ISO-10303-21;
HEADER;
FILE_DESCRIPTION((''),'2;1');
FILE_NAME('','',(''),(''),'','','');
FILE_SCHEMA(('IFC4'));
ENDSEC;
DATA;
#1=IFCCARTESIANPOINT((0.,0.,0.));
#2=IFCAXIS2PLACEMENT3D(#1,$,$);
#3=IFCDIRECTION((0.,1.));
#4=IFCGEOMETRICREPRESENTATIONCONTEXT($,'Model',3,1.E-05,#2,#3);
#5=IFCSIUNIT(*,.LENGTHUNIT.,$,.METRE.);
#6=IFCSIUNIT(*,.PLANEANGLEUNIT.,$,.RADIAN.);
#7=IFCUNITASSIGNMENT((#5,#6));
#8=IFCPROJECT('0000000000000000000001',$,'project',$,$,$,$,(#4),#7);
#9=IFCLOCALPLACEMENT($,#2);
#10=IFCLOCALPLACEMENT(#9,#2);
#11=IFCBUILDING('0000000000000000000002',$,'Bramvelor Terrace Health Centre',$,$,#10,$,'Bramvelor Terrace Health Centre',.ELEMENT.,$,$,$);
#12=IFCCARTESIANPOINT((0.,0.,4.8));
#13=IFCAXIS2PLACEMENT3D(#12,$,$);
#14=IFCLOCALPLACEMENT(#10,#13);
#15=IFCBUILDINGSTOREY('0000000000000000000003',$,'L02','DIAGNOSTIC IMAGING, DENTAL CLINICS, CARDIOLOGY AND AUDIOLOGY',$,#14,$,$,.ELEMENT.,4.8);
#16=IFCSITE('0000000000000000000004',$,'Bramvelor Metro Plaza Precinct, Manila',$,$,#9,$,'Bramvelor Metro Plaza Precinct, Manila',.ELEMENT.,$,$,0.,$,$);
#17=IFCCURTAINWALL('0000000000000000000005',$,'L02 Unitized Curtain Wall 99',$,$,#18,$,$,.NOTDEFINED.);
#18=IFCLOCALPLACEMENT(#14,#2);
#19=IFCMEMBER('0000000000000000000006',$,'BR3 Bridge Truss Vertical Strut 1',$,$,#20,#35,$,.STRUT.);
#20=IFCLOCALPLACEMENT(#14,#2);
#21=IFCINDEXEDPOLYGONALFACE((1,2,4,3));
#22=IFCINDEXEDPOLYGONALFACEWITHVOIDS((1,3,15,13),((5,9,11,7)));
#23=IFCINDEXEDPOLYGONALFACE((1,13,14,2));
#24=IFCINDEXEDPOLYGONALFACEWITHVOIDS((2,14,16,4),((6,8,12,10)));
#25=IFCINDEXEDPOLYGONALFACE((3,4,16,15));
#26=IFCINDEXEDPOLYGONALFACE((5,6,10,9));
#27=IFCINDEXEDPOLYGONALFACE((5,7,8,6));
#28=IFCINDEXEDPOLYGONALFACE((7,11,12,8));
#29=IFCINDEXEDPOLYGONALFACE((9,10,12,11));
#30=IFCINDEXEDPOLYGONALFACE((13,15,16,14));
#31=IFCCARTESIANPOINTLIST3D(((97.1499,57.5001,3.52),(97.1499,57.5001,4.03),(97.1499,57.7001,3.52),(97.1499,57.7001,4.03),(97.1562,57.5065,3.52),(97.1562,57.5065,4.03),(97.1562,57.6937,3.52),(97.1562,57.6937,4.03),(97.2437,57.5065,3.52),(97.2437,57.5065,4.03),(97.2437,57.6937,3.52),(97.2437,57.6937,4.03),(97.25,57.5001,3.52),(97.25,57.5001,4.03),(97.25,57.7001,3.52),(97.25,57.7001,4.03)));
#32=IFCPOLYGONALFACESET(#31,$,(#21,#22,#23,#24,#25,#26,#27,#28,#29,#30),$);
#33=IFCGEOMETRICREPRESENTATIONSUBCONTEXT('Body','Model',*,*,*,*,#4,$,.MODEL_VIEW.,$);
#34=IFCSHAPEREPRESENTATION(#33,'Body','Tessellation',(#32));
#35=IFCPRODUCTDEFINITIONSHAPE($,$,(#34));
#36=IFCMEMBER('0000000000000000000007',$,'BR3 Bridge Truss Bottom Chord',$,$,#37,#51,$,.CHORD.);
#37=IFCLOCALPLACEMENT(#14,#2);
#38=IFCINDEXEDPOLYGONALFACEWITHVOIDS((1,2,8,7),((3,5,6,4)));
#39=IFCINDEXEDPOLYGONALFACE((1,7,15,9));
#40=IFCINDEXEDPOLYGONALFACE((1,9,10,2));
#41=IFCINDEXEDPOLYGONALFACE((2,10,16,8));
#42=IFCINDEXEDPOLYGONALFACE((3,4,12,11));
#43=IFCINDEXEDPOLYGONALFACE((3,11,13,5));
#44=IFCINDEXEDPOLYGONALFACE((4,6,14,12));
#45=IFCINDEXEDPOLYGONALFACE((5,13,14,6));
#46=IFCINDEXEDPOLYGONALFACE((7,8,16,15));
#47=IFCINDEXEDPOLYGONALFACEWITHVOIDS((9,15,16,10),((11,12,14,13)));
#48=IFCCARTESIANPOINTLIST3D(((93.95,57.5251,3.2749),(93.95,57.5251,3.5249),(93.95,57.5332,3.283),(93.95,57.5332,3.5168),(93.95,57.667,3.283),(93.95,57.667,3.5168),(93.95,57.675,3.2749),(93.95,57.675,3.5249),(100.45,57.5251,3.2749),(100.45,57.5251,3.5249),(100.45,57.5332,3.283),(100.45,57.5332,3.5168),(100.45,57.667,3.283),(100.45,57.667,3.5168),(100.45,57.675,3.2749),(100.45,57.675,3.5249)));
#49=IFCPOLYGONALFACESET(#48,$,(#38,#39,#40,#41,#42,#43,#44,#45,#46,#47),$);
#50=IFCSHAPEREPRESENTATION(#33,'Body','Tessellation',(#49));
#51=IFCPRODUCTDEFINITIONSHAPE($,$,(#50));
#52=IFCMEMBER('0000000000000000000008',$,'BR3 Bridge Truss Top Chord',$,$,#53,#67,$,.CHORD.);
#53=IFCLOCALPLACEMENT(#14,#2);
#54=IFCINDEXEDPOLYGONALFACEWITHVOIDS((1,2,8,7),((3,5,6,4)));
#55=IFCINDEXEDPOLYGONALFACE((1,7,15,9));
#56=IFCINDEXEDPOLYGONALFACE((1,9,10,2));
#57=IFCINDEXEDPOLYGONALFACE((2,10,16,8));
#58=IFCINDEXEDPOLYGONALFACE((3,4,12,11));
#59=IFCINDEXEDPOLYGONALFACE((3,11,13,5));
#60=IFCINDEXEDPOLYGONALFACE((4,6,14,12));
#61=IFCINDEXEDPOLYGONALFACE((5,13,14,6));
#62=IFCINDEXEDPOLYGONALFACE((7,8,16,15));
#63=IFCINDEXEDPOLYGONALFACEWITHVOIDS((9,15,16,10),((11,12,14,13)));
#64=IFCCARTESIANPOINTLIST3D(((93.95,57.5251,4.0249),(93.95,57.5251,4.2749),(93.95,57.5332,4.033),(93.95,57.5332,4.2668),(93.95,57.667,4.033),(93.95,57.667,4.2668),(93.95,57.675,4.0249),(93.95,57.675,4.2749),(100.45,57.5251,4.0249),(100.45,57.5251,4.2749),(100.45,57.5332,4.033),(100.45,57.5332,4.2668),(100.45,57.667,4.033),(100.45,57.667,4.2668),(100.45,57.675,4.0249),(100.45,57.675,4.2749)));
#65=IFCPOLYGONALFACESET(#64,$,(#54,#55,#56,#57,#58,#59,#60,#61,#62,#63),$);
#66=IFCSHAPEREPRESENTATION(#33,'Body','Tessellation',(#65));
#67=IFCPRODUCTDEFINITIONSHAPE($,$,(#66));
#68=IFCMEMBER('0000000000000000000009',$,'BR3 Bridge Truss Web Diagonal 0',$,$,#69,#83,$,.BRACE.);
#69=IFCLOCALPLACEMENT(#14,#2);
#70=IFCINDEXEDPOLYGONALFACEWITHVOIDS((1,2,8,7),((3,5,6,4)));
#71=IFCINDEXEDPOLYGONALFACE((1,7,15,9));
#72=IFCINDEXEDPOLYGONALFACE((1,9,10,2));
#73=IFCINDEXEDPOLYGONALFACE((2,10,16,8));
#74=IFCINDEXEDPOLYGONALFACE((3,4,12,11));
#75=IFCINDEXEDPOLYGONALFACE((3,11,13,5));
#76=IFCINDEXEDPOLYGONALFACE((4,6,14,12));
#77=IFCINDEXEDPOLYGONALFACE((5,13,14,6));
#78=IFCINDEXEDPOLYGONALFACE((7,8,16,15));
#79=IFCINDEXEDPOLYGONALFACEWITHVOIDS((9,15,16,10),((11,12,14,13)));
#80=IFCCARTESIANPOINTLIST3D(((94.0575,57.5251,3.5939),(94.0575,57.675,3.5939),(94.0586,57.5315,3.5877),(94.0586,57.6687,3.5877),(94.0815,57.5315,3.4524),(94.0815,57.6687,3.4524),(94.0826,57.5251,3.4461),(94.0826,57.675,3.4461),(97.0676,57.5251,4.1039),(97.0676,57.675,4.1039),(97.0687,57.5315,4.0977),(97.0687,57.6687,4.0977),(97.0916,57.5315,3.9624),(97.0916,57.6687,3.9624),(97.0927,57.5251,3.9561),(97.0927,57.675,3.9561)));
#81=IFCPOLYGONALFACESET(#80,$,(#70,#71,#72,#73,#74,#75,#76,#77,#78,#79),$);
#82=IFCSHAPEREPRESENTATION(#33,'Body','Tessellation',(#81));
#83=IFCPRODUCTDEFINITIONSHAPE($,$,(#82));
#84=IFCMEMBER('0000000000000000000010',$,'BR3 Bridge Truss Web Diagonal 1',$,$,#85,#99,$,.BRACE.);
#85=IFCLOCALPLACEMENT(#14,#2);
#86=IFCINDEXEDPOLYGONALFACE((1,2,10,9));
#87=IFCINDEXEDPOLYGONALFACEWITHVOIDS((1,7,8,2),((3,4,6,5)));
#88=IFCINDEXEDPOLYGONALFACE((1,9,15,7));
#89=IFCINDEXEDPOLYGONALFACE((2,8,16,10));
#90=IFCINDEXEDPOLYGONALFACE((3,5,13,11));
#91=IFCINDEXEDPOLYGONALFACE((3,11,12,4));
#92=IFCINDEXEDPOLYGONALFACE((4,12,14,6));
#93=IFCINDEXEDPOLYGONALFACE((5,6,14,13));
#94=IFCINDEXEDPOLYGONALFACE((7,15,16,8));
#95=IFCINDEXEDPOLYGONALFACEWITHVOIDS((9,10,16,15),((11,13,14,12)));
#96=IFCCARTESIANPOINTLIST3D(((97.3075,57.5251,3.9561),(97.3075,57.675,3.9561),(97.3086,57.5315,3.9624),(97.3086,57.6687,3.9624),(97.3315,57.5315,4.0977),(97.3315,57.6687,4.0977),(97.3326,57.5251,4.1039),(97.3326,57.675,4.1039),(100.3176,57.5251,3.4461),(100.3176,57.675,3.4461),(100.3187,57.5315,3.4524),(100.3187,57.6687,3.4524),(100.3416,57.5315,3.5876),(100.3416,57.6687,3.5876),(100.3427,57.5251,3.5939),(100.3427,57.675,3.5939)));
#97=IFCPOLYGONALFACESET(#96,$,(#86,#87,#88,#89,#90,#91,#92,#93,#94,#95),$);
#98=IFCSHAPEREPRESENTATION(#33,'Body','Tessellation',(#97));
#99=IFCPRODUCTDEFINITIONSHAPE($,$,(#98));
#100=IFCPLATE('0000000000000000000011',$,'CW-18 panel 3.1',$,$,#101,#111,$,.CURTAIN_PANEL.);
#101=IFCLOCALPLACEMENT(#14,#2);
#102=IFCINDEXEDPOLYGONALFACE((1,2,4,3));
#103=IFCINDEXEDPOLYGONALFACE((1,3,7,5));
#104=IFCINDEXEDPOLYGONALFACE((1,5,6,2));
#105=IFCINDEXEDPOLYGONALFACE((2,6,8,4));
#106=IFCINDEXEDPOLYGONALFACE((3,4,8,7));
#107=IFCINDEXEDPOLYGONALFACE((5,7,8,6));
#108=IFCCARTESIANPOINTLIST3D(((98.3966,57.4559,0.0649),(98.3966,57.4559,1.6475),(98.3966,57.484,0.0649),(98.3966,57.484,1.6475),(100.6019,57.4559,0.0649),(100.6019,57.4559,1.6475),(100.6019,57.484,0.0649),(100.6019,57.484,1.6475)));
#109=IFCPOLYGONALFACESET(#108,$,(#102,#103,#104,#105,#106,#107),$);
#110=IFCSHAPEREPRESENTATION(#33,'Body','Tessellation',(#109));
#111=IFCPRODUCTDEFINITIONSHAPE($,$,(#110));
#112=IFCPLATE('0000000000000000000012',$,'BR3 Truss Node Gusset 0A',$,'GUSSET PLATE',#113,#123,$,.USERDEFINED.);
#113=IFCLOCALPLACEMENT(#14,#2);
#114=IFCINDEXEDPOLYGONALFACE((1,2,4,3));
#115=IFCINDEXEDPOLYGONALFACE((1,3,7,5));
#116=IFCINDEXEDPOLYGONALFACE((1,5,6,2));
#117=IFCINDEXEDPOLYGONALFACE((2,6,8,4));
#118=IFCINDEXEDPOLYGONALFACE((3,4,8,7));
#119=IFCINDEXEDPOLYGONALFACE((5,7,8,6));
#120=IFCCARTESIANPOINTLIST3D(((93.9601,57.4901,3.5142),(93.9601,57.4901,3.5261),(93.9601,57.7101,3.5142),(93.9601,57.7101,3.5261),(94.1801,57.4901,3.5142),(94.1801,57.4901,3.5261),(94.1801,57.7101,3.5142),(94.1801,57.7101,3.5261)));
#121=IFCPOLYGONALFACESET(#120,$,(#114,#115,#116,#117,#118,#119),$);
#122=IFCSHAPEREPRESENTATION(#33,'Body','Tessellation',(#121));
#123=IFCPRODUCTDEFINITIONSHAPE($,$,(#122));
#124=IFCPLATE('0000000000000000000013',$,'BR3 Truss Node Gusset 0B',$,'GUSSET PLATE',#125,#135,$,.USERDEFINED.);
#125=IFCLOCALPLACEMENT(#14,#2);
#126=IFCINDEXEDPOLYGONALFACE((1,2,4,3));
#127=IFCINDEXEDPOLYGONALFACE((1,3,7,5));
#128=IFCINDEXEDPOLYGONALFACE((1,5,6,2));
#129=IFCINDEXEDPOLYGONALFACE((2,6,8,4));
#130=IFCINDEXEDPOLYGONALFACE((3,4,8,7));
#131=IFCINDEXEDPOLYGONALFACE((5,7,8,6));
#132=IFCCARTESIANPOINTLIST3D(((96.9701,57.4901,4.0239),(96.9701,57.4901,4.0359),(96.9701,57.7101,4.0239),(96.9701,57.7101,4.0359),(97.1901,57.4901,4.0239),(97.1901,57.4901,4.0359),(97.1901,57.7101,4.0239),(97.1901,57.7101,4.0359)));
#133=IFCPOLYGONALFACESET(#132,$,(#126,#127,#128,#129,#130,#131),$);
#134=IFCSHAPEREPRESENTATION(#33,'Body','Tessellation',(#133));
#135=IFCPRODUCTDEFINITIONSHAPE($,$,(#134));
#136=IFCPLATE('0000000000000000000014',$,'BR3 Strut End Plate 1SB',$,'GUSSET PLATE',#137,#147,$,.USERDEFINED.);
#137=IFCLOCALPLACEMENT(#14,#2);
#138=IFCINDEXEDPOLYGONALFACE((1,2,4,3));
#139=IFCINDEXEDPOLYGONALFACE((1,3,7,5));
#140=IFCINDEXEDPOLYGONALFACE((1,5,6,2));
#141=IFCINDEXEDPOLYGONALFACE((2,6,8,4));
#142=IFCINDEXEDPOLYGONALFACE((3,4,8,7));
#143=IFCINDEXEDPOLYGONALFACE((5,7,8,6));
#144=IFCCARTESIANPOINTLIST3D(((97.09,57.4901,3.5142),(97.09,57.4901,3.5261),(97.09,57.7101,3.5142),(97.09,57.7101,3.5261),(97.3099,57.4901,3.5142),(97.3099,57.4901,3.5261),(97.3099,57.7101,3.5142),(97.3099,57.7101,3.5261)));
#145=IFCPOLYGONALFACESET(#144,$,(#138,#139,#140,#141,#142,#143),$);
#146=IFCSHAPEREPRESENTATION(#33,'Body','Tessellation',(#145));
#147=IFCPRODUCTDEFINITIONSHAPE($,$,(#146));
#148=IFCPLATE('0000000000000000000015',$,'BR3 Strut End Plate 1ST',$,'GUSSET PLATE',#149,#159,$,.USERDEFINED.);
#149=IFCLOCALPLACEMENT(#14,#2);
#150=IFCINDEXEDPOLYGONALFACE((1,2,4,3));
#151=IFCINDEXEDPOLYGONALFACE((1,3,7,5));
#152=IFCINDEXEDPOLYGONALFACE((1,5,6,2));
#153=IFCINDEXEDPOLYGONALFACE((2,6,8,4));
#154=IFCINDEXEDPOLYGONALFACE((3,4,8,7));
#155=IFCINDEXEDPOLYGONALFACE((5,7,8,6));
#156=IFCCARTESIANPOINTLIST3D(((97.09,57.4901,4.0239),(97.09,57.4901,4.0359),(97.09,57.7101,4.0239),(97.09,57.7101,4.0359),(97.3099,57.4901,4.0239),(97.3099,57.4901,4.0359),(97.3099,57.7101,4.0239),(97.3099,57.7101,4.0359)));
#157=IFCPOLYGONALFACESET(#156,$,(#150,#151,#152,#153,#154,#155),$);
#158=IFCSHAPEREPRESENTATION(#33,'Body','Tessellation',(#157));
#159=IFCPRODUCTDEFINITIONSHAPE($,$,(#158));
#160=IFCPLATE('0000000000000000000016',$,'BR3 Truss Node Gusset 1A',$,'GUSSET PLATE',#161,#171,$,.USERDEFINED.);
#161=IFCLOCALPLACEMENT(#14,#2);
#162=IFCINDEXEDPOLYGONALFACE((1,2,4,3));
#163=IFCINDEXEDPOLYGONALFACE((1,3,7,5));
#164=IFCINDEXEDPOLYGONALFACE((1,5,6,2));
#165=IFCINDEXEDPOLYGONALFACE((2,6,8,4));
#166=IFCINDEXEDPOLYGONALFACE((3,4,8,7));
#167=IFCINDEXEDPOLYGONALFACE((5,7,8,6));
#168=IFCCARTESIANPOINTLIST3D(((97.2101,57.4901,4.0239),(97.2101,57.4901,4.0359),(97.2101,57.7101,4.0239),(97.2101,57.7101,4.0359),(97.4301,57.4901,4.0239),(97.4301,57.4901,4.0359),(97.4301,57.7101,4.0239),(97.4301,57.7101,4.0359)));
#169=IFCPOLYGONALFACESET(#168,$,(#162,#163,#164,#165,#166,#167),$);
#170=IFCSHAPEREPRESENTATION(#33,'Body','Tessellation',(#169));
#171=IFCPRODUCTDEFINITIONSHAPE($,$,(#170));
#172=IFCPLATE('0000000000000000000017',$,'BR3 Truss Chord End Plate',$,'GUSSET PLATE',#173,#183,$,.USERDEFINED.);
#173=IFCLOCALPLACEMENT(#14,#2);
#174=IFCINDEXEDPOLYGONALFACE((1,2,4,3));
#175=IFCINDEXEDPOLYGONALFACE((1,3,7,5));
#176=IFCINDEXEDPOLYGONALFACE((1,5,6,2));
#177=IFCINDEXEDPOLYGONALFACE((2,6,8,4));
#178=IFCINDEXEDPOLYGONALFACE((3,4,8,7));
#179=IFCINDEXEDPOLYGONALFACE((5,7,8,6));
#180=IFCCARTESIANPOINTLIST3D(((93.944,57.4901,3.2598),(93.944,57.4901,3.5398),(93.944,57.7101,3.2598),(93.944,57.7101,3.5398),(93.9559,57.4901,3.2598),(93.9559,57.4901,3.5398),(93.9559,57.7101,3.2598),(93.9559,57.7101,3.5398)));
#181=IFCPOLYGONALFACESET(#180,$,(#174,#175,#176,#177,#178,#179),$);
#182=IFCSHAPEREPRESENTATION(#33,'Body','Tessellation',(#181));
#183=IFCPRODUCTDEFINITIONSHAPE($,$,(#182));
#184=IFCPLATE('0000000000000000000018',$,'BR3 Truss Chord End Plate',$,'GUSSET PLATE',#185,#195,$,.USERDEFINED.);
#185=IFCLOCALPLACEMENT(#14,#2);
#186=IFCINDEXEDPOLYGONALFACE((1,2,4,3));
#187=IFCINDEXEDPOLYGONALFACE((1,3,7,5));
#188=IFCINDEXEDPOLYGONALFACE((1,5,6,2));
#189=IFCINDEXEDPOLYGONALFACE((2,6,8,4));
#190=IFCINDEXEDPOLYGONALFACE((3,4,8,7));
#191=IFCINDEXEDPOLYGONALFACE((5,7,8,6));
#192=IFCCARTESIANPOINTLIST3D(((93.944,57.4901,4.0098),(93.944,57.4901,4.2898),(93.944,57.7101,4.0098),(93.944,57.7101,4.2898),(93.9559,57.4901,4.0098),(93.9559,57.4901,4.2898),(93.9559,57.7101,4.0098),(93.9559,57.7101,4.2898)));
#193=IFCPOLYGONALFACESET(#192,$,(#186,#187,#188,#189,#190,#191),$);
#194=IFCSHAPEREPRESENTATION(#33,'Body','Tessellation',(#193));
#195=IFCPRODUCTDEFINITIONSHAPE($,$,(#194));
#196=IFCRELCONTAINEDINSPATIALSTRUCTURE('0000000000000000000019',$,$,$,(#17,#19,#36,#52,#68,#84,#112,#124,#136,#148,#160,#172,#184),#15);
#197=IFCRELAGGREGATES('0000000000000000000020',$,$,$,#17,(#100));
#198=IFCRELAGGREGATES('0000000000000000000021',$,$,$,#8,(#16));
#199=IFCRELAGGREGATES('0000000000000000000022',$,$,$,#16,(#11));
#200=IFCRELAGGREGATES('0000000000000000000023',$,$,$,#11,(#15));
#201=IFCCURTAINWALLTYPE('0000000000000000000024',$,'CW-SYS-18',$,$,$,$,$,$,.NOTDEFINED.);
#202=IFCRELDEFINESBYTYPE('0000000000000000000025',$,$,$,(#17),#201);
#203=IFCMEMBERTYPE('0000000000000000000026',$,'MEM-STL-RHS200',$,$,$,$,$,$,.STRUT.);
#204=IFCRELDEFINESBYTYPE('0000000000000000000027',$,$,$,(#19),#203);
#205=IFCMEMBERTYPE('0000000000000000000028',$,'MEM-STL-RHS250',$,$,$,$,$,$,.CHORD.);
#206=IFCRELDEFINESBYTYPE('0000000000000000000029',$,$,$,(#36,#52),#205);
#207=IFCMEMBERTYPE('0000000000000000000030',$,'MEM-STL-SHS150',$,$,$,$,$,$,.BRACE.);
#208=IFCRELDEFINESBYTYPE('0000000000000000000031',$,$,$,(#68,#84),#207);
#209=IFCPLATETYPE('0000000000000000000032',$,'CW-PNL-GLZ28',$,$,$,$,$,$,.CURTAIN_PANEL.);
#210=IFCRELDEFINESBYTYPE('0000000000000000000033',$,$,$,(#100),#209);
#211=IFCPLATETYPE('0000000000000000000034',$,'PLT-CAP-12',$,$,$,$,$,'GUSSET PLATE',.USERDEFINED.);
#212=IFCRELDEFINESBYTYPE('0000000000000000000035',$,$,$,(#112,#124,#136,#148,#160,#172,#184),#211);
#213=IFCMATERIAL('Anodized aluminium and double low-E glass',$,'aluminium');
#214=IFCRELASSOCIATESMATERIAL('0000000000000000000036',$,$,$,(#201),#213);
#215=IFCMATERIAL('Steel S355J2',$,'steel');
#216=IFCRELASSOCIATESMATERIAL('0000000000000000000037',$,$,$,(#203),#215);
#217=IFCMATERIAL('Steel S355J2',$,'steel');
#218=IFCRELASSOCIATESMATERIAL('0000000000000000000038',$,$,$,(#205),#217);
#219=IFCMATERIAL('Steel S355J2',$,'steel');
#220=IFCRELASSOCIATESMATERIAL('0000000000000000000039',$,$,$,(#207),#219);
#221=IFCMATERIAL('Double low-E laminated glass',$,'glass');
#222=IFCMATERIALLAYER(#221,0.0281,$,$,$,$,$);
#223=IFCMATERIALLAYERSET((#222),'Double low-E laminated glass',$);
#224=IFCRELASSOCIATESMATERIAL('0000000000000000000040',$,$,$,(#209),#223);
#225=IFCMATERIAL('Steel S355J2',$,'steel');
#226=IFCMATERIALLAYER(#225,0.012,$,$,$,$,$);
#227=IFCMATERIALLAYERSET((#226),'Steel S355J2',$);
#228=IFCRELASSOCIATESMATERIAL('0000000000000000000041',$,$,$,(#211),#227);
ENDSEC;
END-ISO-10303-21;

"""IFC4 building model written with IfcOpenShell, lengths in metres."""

from ifc_helpers import new_model, si_unit, direction, frame, origin, origin_2d, place, context, subcontext, project, spatial, rectangle, hollow_rectangle, extrude, material, layer, layer_set, material_profile, profile_set, type_object, element, aggregate, save


model = new_model("IFC4")

# Units and contexts
model_context = context("Model", 3, precision=1e-05, world=origin(), true_north=direction((0.0, 1.0)))
body_context = subcontext(model_context, "Body", "Model", "MODEL_VIEW")
ifc_project = project(units=[si_unit("LENGTHUNIT", "METRE"), si_unit("PLANEANGLEUNIT", "RADIAN")], contexts=[model_context])

# Site, building, storey
site_placement = place(None, origin())
site = spatial("IfcSite", under=ifc_project, at=site_placement, Name="Bramvelor Metro Plaza Precinct, Manila", LongName="Bramvelor Metro Plaza Precinct, Manila", CompositionType="ELEMENT", RefElevation=0.0)
building_placement = place(site_placement, origin())
building = spatial("IfcBuilding", under=site, at=building_placement, Name="Bramvelor Terrace Health Centre", LongName="Bramvelor Terrace Health Centre", CompositionType="ELEMENT")
storey_placement = place(building_placement, frame((0.0, 0.0, 4.8)))
storey = spatial("IfcBuildingStorey", under=building, at=storey_placement, Name="L02", Description="DIAGNOSTIC IMAGING, DENTAL CLINICS, CARDIOLOGY AND AUDIOLOGY", CompositionType="ELEMENT", Elevation=4.8)

# Curtain wall
ifc_material_1 = material(Name="Anodized aluminium and double low-E glass", Category="aluminium")
curtain_wall_type = type_object("IfcCurtainWallType", Name="CW-SYS-18", PredefinedType="NOTDEFINED", material=ifc_material_1)
curtain_wall_placement = place(storey_placement, origin())
curtain_wall = element("IfcCurtainWall", 1, at=curtain_wall_placement, inside=storey, type_object=curtain_wall_type, Name="L02 Unitized Curtain Wall 99", PredefinedType="NOTDEFINED")

# Members
ifc_material_2 = material(Name="Steel S355J2", Category="steel")
ifc_material_profile_1 = material_profile(ifc_material_2, hollow_rectangle(XDim=0.1001, YDim=0.2, WallThickness=0.0063, at=origin_2d()), Name="RHS 200x100x6.3")
ifc_profile_set_1 = profile_set([ifc_material_profile_1], Name="Steel S355J2")
member_type_1 = type_object("IfcMemberType", Name="MEM-STL-RHS200", PredefinedType="STRUT", material=ifc_profile_set_1)
member_1_placement = place(storey_placement, frame((97.2, 57.6001, 3.52), z_axis=(0.0, 0.0, 1.0), x_axis=(1.0, 0.0, 0.0)))
element("IfcMember", 2, at=member_1_placement, inside=storey, type_object=member_type_1, Name="BR3 Bridge Truss Vertical Strut 1", PredefinedType="STRUT", context=body_context, shape_type="SweptSolid", body=[
    extrude(hollow_rectangle(XDim=0.1001, YDim=0.2, WallThickness=0.0063, at=origin_2d()), origin(), (0.0, 0.0, 1.0), 0.51),
])
ifc_material_3 = material(Name="Steel S355J2", Category="steel")
ifc_material_profile_2 = material_profile(ifc_material_3, hollow_rectangle(XDim=0.1499, YDim=0.25, WallThickness=0.0081, at=origin_2d()), Name="RHS 250x150x8.0")
ifc_profile_set_2 = profile_set([ifc_material_profile_2], Name="Steel S355J2")
member_type_2 = type_object("IfcMemberType", Name="MEM-STL-RHS250", PredefinedType="CHORD", material=ifc_profile_set_2)
for number, where, z_axis, x_axis, name in (
    (3, (93.95, 57.6001, 3.3999), (1.0, 0.0, 0.0), (0.0, 1.0, 0.0), "BR3 Bridge Truss Bottom Chord"),
    (4, (93.95, 57.6001, 4.1499), (1.0, 0.0, 0.0), (0.0, 1.0, 0.0), "BR3 Bridge Truss Top Chord"),
):
    element("IfcMember", number, at=place(storey_placement, frame(where, z_axis=z_axis, x_axis=x_axis)), inside=storey, type_object=member_type_2, Name=name, PredefinedType="CHORD", context=body_context, shape_type="SweptSolid", body=[
        extrude(hollow_rectangle(XDim=0.1499, YDim=0.25, WallThickness=0.0081, at=origin_2d()), origin(), (0.0, 0.0, 1.0), 6.5),
    ])
ifc_material_4 = material(Name="Steel S355J2", Category="steel")
ifc_material_profile_3 = material_profile(ifc_material_4, hollow_rectangle(XDim=0.1499, YDim=0.1499, WallThickness=0.0063, at=origin_2d()), Name="SHS 150x150x6.3")
ifc_profile_set_3 = profile_set([ifc_material_profile_3], Name="Steel S355J2")
member_type_3 = type_object("IfcMemberType", Name="MEM-STL-SHS150", PredefinedType="BRACE", material=ifc_profile_set_3)
for number, where, z_axis, x_axis, name in (
    (5, (94.0701, 57.6001, 3.52), (0.985947, 0.0, 0.167057), (0.0, 1.0, 0.0), "BR3 Bridge Truss Web Diagonal 0"),
    (6, (97.3201, 57.6001, 4.03), (0.985947, 0.0, -0.167057), (0.0, 1.0, 0.0), "BR3 Bridge Truss Web Diagonal 1"),
):
    element("IfcMember", number, at=place(storey_placement, frame(where, z_axis=z_axis, x_axis=x_axis)), inside=storey, type_object=member_type_3, Name=name, PredefinedType="BRACE", context=body_context, shape_type="SweptSolid", body=[
        extrude(hollow_rectangle(XDim=0.1499, YDim=0.1499, WallThickness=0.0063, at=origin_2d()), origin(), (0.0, 0.0, 1.0), 3.053),
    ])

# Plate
ifc_material_5 = material(Name="Double low-E laminated glass", Category="glass")
ifc_layer_1 = layer(ifc_material_5, 0.0281)
ifc_layer_set_1 = layer_set([ifc_layer_1], Name="Double low-E laminated glass")
plate_type_1 = type_object("IfcPlateType", Name="CW-PNL-GLZ28", PredefinedType="CURTAIN_PANEL", material=ifc_layer_set_1)
plate_placement = place(storey_placement, frame((99.4993, 57.47, 0.0649), z_axis=(0.0, 0.0, 1.0), x_axis=(1.0, 0.0, 0.0)))
plate = element("IfcPlate", 7, at=plate_placement, type_object=plate_type_1, Name="CW-18 panel 3.1", PredefinedType="CURTAIN_PANEL", context=body_context, shape_type="SweptSolid", body=[
    extrude(rectangle(XDim=2.2053, YDim=0.0281, at=origin_2d()), origin(), (0.0, 0.0, 1.0), 1.5825),
])
aggregate(curtain_wall, [plate])

# Plates
ifc_material_6 = material(Name="Steel S355J2", Category="steel")
ifc_layer_2 = layer(ifc_material_6, 0.012)
ifc_layer_set_2 = layer_set([ifc_layer_2], Name="Steel S355J2")
plate_type_2 = type_object("IfcPlateType", Name="PLT-CAP-12", ElementType="GUSSET PLATE", PredefinedType="USERDEFINED", material=ifc_layer_set_2)
for number, where, z_axis, x_axis, name in (
    (8, (94.0701, 57.6001, 3.5142), (0.0, 0.0, 1.0), (1.0, 0.0, 0.0), "BR3 Truss Node Gusset 0A"),
    (9, (97.0801, 57.6001, 4.0239), (0.0, 0.0, 1.0), (1.0, 0.0, 0.0), "BR3 Truss Node Gusset 0B"),
    (10, (97.2, 57.6001, 3.5142), (0.0, 0.0, 1.0), (1.0, 0.0, 0.0), "BR3 Strut End Plate 1SB"),
    (11, (97.2, 57.6001, 4.0239), (0.0, 0.0, 1.0), (1.0, 0.0, 0.0), "BR3 Strut End Plate 1ST"),
    (12, (97.3201, 57.6001, 4.0239), (0.0, 0.0, 1.0), (1.0, 0.0, 0.0), "BR3 Truss Node Gusset 1A"),
):
    element("IfcPlate", number, at=place(storey_placement, frame(where, z_axis=z_axis, x_axis=x_axis)), inside=storey, type_object=plate_type_2, Name=name, ObjectType="GUSSET PLATE", PredefinedType="USERDEFINED", context=body_context, shape_type="SweptSolid", body=[
        extrude(rectangle(XDim=0.22, YDim=0.22, at=origin_2d()), origin(), (0.0, 0.0, 1.0), 0.012),
    ])
for number, where, z_axis, x_axis, name in (
    (13, (93.95, 57.6001, 3.2598), (0.0, 0.0, 1.0), (1.0, 0.0, 0.0), "BR3 Truss Chord End Plate"),
    (14, (93.95, 57.6001, 4.0098), (0.0, 0.0, 1.0), (1.0, 0.0, 0.0), "BR3 Truss Chord End Plate"),
):
    element("IfcPlate", number, at=place(storey_placement, frame(where, z_axis=z_axis, x_axis=x_axis)), inside=storey, type_object=plate_type_2, Name=name, ObjectType="GUSSET PLATE", PredefinedType="USERDEFINED", context=body_context, shape_type="SweptSolid", body=[
        extrude(rectangle(XDim=0.012, YDim=0.22, at=origin_2d()), origin(), (0.0, 0.0, 1.0), 0.28),
    ])

save(model, "model.ifc")
